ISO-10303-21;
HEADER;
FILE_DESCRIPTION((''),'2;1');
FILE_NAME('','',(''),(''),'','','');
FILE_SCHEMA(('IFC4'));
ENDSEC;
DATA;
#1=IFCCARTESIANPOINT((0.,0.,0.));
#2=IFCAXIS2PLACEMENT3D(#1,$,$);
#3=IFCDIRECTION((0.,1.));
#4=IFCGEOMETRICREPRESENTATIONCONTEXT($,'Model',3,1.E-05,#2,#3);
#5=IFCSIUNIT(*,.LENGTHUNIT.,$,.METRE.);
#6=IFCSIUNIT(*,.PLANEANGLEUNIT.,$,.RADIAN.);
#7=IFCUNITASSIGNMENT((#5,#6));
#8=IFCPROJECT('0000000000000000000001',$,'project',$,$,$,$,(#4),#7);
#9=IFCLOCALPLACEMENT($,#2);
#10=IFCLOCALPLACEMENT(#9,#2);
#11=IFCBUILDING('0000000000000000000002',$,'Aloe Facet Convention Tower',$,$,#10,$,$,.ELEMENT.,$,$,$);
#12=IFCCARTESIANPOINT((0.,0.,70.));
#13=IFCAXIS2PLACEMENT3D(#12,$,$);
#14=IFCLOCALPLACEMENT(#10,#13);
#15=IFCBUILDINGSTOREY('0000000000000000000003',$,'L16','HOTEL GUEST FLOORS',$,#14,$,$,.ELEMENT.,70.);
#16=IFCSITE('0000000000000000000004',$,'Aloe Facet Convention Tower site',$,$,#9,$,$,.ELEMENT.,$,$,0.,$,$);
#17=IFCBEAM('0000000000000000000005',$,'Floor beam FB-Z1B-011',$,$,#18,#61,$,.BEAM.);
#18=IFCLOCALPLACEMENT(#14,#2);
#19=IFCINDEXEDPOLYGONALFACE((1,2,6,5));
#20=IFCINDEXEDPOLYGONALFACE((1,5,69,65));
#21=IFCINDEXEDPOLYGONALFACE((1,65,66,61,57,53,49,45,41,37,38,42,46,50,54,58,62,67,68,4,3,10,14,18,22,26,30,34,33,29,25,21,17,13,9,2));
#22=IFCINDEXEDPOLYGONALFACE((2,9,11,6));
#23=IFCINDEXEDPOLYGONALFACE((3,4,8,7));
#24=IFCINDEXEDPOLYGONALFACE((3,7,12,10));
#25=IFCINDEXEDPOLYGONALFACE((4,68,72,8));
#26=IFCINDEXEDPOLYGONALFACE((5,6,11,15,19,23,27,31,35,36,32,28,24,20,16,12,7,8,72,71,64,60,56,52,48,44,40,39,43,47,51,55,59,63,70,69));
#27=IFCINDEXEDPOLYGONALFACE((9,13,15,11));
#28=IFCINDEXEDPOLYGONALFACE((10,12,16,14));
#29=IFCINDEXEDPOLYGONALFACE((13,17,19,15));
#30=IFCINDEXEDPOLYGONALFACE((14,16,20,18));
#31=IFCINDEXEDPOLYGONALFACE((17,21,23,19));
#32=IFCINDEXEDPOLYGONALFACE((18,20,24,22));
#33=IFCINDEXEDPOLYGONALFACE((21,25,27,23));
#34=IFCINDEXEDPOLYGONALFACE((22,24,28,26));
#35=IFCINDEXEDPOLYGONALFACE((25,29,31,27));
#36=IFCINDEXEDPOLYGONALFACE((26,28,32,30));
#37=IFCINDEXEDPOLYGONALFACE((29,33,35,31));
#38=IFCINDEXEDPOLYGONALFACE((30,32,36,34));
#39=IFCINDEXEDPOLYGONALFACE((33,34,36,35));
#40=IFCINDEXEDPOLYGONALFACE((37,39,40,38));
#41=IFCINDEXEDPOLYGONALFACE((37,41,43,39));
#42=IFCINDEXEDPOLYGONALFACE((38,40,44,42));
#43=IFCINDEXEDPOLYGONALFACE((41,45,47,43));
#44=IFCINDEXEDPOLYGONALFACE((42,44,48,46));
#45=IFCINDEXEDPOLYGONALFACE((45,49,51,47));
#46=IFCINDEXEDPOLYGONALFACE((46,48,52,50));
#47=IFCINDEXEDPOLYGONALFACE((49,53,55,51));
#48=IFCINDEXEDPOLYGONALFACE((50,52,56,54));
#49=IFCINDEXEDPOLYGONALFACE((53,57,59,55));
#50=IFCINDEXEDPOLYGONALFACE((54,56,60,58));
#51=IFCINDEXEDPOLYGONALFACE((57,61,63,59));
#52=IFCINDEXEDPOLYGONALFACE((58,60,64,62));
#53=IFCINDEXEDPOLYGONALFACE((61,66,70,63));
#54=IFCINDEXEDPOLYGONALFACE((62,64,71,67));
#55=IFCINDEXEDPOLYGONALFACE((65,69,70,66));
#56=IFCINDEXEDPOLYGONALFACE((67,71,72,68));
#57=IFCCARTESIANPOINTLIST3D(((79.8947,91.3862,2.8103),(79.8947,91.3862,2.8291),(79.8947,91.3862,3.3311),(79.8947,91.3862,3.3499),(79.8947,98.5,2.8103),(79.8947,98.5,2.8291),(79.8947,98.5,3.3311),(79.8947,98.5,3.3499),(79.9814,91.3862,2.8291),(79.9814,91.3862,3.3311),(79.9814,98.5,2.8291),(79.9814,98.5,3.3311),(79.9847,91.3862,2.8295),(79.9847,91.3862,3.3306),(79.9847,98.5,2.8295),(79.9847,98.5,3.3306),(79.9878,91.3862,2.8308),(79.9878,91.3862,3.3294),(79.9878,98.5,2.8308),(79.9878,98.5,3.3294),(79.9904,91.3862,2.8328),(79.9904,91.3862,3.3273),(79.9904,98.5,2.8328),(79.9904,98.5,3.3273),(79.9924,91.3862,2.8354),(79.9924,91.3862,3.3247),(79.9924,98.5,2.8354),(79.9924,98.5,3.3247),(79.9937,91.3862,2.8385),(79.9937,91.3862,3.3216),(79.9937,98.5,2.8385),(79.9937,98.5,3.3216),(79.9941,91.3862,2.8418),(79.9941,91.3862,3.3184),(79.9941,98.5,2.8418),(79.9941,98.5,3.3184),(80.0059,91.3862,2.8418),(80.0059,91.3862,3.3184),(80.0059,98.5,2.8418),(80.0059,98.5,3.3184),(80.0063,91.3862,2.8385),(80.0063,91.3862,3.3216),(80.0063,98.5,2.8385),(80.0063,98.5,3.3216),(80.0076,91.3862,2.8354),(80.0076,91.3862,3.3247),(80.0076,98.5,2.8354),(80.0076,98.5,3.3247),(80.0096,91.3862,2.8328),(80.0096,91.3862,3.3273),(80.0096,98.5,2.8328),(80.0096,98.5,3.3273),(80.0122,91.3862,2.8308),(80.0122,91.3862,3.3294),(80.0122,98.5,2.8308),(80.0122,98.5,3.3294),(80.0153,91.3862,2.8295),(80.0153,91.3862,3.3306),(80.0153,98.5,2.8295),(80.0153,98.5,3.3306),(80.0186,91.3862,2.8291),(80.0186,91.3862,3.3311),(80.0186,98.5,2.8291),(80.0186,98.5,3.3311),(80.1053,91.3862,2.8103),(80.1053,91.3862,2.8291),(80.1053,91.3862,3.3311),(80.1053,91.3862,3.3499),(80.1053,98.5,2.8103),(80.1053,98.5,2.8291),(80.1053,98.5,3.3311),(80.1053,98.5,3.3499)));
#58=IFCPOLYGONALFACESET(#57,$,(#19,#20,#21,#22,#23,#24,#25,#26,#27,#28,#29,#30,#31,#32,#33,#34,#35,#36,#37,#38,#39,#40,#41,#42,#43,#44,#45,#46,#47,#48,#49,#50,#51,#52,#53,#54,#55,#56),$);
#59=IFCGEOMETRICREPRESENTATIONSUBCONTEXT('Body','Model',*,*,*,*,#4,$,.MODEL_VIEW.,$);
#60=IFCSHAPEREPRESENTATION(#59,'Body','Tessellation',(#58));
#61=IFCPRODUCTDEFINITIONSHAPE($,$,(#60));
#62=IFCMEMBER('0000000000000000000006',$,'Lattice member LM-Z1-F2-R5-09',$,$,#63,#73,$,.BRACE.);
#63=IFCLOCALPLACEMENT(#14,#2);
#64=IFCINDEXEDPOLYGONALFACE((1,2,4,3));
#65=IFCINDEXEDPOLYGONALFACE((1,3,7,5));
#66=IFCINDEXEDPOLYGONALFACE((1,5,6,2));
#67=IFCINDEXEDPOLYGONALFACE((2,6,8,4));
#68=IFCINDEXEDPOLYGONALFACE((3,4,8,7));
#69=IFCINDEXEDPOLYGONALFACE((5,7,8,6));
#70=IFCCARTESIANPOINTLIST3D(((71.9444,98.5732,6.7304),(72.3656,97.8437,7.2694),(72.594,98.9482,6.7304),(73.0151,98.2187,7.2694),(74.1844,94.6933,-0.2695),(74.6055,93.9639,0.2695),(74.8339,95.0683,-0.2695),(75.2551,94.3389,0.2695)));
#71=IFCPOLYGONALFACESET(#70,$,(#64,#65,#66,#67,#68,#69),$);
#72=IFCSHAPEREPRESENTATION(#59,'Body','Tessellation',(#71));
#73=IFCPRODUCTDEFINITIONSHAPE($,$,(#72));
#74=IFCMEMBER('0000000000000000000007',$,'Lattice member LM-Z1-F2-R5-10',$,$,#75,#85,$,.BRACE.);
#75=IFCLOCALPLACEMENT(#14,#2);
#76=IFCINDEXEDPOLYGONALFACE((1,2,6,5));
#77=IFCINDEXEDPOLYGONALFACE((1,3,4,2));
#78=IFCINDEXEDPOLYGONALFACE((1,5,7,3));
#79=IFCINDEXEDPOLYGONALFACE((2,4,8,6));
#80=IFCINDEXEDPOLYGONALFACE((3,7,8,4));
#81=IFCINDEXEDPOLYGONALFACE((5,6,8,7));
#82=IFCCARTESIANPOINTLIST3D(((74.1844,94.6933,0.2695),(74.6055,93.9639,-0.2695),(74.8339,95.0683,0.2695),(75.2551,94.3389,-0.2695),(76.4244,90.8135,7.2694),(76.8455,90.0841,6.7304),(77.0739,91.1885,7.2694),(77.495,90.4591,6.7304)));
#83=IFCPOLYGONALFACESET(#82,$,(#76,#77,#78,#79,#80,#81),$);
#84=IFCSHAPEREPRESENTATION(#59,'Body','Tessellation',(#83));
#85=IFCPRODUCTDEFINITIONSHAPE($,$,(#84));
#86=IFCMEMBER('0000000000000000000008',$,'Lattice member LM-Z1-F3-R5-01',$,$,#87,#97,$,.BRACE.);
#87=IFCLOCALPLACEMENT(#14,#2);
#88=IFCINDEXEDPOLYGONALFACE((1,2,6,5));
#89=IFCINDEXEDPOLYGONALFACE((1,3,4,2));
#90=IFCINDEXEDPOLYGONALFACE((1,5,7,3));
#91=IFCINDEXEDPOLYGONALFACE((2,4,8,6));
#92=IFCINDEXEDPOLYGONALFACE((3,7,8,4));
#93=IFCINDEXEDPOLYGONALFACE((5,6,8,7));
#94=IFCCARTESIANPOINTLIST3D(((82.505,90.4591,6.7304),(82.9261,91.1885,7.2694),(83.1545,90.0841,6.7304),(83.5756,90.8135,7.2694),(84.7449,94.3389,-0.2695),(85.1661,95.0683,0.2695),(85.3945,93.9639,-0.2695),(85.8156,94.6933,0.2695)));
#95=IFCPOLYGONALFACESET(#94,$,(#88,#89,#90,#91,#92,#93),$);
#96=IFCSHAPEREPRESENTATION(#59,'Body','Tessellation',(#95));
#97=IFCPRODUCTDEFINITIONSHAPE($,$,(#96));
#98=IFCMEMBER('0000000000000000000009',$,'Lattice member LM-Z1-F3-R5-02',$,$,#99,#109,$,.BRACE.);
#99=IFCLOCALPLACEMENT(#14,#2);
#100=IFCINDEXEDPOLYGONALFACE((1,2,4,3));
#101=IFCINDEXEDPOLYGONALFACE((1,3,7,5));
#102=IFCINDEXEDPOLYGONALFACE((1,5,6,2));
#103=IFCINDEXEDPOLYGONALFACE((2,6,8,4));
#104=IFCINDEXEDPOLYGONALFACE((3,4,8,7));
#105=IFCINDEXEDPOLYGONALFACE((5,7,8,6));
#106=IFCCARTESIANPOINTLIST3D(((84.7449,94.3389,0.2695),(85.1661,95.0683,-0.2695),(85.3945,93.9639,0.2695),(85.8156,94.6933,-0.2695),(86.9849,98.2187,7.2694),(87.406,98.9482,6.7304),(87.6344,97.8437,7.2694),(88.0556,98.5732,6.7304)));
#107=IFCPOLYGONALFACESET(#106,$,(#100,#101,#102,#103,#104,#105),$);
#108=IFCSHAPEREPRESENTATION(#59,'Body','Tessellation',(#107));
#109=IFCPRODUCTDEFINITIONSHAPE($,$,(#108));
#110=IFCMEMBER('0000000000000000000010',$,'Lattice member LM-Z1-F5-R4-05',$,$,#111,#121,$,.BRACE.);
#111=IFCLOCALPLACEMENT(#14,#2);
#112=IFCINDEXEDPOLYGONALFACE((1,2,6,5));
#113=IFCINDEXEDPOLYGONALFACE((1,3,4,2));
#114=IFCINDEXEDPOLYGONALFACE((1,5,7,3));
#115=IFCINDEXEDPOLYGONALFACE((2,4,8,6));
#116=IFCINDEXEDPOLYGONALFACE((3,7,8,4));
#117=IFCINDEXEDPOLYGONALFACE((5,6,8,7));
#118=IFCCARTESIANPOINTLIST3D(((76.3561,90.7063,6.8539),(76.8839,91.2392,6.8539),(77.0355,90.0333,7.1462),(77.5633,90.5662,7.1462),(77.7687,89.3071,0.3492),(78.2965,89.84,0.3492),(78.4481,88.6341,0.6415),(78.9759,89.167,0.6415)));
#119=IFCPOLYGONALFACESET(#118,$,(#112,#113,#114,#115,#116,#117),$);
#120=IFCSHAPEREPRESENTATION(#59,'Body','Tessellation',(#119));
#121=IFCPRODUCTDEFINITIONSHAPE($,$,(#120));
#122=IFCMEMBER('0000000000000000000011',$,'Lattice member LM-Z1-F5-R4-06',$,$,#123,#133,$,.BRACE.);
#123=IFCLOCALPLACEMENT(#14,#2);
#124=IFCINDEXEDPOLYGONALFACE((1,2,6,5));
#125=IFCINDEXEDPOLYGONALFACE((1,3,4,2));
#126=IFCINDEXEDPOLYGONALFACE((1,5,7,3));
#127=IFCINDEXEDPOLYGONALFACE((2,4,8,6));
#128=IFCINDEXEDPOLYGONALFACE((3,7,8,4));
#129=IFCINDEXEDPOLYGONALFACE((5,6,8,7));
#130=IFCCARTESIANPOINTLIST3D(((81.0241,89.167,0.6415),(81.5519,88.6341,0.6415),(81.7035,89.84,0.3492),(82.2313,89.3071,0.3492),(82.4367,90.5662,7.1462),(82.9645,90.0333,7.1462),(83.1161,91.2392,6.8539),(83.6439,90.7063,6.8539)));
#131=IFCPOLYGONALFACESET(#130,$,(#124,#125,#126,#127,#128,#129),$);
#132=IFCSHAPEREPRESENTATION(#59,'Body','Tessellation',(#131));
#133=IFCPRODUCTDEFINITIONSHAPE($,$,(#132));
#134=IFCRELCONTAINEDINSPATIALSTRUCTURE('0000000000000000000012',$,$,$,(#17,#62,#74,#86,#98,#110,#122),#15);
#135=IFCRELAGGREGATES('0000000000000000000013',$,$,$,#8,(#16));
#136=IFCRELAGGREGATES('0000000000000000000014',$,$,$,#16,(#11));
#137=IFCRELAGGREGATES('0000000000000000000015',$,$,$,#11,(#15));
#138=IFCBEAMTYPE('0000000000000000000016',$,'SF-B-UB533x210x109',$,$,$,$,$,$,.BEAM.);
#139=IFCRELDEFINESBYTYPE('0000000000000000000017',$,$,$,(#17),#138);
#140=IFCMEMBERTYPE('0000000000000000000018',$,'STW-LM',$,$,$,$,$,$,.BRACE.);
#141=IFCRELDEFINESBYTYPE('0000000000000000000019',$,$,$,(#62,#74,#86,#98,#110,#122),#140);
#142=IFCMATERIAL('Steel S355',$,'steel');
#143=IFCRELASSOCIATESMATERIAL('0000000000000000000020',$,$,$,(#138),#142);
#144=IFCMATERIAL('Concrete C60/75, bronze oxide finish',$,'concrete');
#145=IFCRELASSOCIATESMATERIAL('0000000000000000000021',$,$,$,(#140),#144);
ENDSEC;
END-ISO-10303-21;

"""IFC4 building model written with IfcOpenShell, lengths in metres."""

from ifc_helpers import new_model, si_unit, direction, frame, origin, origin_2d, place, context, subcontext, project, spatial, rectangle, i_section, extrude, material, material_profile, profile_set, type_object, element, save


model = new_model("IFC4")

# Units and contexts
model_context = context("Model", 3, precision=1e-05, world=origin(), true_north=direction((0.0, 1.0)))
body_context = subcontext(model_context, "Body", "Model", "MODEL_VIEW")
ifc_project = project(units=[si_unit("LENGTHUNIT", "METRE"), si_unit("PLANEANGLEUNIT", "RADIAN")], contexts=[model_context])

# Site, building, storey
site_placement = place(None, origin())
site = spatial("IfcSite", under=ifc_project, at=site_placement, Name="Aloe Facet Convention Tower site", CompositionType="ELEMENT", RefElevation=0.0)
building_placement = place(site_placement, origin())
building = spatial("IfcBuilding", under=site, at=building_placement, Name="Aloe Facet Convention Tower", CompositionType="ELEMENT")
storey_placement = place(building_placement, frame((0.0, 0.0, 70.0)))
storey = spatial("IfcBuildingStorey", under=building, at=storey_placement, Name="L16", Description="HOTEL GUEST FLOORS", CompositionType="ELEMENT", Elevation=70.0)

# Beam
ifc_material_1 = material(Name="Steel S355", Category="steel")
ifc_material_profile_1 = material_profile(ifc_material_1, i_section(OverallWidth=0.2107, OverallDepth=0.5396, WebThickness=0.0117, FlangeThickness=0.0188, FilletRadius=0.0127, at=origin_2d()), Name="UB 533x210x109")
ifc_profile_set_1 = profile_set([ifc_material_profile_1], Name="Steel S355")
beam_type_1 = type_object("IfcBeamType", Name="SF-B-UB533x210x109", PredefinedType="BEAM", material=ifc_profile_set_1)
beam_1_placement = place(storey_placement, frame((80.0, 98.5, 3.0801), z_axis=(0.0, -1.0, 0.0), x_axis=(1.0, 0.0, 0.0)))
element("IfcBeam", 1, at=beam_1_placement, inside=storey, type_object=beam_type_1, Name="Floor beam FB-Z1B-011", PredefinedType="BEAM", context=body_context, shape_type="SweptSolid", body=[
    extrude(i_section(OverallWidth=0.2107, OverallDepth=0.5396, WebThickness=0.0117, FlangeThickness=0.0188, FilletRadius=0.0127, at=origin_2d()), origin(), (0.0, 0.0, 1.0), 7.1138),
])

# Members
ifc_material_2 = material(Name="Concrete C60/75, bronze oxide finish", Category="concrete")
ifc_material_profile_2 = material_profile(ifc_material_2, rectangle(XDim=0.75, YDim=1.0, at=origin_2d()), Name="STW-LM")
ifc_profile_set_2 = profile_set([ifc_material_profile_2], Name="Concrete C60/75, bronze oxide finish")
member_type = type_object("IfcMemberType", Name="STW-LM", PredefinedType="BRACE", material=ifc_profile_set_2)
for number, where, z_axis, x_axis, name in (
    (2, (74.7197, 94.5161, 0.0), (-0.269524, 0.466843, 0.842267), (-0.866031, -0.49999, 0.0), "Lattice member LM-Z1-F2-R5-09"),
    (3, (74.7197, 94.5161, 0.0), (0.269524, -0.466843, 0.842267), (0.866031, 0.49999, 0.0), "Lattice member LM-Z1-F2-R5-10"),
    (4, (85.2803, 94.5161, 0.0), (-0.269524, -0.466843, 0.842267), (0.866031, -0.49999, 0.0), "Lattice member LM-Z1-F3-R5-01"),
    (5, (85.2803, 94.5161, 0.0), (0.269524, 0.466843, 0.842267), (-0.866031, 0.49999, 0.0), "Lattice member LM-Z1-F3-R5-02"),
):
    element("IfcMember", number, at=place(storey_placement, frame(where, z_axis=z_axis, x_axis=x_axis)), inside=storey, type_object=member_type, Name=name, PredefinedType="BRACE", context=body_context, shape_type="SweptSolid", body=[
        extrude(rectangle(XDim=0.75, YDim=1.0, at=origin_2d()), origin(), (0.0, 0.0, 1.0), 8.3108),
    ])
for number, where, z_axis, x_axis, name in (
    (6, (78.3723, 89.2371, 0.4954), (-0.207682, 0.205708, 0.956322), (-0.703722, -0.710476, 0.0), "Lattice member LM-Z1-F5-R4-05"),
    (7, (81.6277, 89.2371, 0.4954), (0.207682, 0.205708, 0.956322), (-0.703722, 0.710476, 0.0), "Lattice member LM-Z1-F5-R4-06"),
):
    element("IfcMember", number, at=place(storey_placement, frame(where, z_axis=z_axis, x_axis=x_axis)), inside=storey, type_object=member_type, Name=name, PredefinedType="BRACE", context=body_context, shape_type="SweptSolid", body=[
        extrude(rectangle(XDim=0.75, YDim=1.0, at=origin_2d()), origin(), (0.0, 0.0, 1.0), 6.8018),
    ])

save(model, "model.ifc")
